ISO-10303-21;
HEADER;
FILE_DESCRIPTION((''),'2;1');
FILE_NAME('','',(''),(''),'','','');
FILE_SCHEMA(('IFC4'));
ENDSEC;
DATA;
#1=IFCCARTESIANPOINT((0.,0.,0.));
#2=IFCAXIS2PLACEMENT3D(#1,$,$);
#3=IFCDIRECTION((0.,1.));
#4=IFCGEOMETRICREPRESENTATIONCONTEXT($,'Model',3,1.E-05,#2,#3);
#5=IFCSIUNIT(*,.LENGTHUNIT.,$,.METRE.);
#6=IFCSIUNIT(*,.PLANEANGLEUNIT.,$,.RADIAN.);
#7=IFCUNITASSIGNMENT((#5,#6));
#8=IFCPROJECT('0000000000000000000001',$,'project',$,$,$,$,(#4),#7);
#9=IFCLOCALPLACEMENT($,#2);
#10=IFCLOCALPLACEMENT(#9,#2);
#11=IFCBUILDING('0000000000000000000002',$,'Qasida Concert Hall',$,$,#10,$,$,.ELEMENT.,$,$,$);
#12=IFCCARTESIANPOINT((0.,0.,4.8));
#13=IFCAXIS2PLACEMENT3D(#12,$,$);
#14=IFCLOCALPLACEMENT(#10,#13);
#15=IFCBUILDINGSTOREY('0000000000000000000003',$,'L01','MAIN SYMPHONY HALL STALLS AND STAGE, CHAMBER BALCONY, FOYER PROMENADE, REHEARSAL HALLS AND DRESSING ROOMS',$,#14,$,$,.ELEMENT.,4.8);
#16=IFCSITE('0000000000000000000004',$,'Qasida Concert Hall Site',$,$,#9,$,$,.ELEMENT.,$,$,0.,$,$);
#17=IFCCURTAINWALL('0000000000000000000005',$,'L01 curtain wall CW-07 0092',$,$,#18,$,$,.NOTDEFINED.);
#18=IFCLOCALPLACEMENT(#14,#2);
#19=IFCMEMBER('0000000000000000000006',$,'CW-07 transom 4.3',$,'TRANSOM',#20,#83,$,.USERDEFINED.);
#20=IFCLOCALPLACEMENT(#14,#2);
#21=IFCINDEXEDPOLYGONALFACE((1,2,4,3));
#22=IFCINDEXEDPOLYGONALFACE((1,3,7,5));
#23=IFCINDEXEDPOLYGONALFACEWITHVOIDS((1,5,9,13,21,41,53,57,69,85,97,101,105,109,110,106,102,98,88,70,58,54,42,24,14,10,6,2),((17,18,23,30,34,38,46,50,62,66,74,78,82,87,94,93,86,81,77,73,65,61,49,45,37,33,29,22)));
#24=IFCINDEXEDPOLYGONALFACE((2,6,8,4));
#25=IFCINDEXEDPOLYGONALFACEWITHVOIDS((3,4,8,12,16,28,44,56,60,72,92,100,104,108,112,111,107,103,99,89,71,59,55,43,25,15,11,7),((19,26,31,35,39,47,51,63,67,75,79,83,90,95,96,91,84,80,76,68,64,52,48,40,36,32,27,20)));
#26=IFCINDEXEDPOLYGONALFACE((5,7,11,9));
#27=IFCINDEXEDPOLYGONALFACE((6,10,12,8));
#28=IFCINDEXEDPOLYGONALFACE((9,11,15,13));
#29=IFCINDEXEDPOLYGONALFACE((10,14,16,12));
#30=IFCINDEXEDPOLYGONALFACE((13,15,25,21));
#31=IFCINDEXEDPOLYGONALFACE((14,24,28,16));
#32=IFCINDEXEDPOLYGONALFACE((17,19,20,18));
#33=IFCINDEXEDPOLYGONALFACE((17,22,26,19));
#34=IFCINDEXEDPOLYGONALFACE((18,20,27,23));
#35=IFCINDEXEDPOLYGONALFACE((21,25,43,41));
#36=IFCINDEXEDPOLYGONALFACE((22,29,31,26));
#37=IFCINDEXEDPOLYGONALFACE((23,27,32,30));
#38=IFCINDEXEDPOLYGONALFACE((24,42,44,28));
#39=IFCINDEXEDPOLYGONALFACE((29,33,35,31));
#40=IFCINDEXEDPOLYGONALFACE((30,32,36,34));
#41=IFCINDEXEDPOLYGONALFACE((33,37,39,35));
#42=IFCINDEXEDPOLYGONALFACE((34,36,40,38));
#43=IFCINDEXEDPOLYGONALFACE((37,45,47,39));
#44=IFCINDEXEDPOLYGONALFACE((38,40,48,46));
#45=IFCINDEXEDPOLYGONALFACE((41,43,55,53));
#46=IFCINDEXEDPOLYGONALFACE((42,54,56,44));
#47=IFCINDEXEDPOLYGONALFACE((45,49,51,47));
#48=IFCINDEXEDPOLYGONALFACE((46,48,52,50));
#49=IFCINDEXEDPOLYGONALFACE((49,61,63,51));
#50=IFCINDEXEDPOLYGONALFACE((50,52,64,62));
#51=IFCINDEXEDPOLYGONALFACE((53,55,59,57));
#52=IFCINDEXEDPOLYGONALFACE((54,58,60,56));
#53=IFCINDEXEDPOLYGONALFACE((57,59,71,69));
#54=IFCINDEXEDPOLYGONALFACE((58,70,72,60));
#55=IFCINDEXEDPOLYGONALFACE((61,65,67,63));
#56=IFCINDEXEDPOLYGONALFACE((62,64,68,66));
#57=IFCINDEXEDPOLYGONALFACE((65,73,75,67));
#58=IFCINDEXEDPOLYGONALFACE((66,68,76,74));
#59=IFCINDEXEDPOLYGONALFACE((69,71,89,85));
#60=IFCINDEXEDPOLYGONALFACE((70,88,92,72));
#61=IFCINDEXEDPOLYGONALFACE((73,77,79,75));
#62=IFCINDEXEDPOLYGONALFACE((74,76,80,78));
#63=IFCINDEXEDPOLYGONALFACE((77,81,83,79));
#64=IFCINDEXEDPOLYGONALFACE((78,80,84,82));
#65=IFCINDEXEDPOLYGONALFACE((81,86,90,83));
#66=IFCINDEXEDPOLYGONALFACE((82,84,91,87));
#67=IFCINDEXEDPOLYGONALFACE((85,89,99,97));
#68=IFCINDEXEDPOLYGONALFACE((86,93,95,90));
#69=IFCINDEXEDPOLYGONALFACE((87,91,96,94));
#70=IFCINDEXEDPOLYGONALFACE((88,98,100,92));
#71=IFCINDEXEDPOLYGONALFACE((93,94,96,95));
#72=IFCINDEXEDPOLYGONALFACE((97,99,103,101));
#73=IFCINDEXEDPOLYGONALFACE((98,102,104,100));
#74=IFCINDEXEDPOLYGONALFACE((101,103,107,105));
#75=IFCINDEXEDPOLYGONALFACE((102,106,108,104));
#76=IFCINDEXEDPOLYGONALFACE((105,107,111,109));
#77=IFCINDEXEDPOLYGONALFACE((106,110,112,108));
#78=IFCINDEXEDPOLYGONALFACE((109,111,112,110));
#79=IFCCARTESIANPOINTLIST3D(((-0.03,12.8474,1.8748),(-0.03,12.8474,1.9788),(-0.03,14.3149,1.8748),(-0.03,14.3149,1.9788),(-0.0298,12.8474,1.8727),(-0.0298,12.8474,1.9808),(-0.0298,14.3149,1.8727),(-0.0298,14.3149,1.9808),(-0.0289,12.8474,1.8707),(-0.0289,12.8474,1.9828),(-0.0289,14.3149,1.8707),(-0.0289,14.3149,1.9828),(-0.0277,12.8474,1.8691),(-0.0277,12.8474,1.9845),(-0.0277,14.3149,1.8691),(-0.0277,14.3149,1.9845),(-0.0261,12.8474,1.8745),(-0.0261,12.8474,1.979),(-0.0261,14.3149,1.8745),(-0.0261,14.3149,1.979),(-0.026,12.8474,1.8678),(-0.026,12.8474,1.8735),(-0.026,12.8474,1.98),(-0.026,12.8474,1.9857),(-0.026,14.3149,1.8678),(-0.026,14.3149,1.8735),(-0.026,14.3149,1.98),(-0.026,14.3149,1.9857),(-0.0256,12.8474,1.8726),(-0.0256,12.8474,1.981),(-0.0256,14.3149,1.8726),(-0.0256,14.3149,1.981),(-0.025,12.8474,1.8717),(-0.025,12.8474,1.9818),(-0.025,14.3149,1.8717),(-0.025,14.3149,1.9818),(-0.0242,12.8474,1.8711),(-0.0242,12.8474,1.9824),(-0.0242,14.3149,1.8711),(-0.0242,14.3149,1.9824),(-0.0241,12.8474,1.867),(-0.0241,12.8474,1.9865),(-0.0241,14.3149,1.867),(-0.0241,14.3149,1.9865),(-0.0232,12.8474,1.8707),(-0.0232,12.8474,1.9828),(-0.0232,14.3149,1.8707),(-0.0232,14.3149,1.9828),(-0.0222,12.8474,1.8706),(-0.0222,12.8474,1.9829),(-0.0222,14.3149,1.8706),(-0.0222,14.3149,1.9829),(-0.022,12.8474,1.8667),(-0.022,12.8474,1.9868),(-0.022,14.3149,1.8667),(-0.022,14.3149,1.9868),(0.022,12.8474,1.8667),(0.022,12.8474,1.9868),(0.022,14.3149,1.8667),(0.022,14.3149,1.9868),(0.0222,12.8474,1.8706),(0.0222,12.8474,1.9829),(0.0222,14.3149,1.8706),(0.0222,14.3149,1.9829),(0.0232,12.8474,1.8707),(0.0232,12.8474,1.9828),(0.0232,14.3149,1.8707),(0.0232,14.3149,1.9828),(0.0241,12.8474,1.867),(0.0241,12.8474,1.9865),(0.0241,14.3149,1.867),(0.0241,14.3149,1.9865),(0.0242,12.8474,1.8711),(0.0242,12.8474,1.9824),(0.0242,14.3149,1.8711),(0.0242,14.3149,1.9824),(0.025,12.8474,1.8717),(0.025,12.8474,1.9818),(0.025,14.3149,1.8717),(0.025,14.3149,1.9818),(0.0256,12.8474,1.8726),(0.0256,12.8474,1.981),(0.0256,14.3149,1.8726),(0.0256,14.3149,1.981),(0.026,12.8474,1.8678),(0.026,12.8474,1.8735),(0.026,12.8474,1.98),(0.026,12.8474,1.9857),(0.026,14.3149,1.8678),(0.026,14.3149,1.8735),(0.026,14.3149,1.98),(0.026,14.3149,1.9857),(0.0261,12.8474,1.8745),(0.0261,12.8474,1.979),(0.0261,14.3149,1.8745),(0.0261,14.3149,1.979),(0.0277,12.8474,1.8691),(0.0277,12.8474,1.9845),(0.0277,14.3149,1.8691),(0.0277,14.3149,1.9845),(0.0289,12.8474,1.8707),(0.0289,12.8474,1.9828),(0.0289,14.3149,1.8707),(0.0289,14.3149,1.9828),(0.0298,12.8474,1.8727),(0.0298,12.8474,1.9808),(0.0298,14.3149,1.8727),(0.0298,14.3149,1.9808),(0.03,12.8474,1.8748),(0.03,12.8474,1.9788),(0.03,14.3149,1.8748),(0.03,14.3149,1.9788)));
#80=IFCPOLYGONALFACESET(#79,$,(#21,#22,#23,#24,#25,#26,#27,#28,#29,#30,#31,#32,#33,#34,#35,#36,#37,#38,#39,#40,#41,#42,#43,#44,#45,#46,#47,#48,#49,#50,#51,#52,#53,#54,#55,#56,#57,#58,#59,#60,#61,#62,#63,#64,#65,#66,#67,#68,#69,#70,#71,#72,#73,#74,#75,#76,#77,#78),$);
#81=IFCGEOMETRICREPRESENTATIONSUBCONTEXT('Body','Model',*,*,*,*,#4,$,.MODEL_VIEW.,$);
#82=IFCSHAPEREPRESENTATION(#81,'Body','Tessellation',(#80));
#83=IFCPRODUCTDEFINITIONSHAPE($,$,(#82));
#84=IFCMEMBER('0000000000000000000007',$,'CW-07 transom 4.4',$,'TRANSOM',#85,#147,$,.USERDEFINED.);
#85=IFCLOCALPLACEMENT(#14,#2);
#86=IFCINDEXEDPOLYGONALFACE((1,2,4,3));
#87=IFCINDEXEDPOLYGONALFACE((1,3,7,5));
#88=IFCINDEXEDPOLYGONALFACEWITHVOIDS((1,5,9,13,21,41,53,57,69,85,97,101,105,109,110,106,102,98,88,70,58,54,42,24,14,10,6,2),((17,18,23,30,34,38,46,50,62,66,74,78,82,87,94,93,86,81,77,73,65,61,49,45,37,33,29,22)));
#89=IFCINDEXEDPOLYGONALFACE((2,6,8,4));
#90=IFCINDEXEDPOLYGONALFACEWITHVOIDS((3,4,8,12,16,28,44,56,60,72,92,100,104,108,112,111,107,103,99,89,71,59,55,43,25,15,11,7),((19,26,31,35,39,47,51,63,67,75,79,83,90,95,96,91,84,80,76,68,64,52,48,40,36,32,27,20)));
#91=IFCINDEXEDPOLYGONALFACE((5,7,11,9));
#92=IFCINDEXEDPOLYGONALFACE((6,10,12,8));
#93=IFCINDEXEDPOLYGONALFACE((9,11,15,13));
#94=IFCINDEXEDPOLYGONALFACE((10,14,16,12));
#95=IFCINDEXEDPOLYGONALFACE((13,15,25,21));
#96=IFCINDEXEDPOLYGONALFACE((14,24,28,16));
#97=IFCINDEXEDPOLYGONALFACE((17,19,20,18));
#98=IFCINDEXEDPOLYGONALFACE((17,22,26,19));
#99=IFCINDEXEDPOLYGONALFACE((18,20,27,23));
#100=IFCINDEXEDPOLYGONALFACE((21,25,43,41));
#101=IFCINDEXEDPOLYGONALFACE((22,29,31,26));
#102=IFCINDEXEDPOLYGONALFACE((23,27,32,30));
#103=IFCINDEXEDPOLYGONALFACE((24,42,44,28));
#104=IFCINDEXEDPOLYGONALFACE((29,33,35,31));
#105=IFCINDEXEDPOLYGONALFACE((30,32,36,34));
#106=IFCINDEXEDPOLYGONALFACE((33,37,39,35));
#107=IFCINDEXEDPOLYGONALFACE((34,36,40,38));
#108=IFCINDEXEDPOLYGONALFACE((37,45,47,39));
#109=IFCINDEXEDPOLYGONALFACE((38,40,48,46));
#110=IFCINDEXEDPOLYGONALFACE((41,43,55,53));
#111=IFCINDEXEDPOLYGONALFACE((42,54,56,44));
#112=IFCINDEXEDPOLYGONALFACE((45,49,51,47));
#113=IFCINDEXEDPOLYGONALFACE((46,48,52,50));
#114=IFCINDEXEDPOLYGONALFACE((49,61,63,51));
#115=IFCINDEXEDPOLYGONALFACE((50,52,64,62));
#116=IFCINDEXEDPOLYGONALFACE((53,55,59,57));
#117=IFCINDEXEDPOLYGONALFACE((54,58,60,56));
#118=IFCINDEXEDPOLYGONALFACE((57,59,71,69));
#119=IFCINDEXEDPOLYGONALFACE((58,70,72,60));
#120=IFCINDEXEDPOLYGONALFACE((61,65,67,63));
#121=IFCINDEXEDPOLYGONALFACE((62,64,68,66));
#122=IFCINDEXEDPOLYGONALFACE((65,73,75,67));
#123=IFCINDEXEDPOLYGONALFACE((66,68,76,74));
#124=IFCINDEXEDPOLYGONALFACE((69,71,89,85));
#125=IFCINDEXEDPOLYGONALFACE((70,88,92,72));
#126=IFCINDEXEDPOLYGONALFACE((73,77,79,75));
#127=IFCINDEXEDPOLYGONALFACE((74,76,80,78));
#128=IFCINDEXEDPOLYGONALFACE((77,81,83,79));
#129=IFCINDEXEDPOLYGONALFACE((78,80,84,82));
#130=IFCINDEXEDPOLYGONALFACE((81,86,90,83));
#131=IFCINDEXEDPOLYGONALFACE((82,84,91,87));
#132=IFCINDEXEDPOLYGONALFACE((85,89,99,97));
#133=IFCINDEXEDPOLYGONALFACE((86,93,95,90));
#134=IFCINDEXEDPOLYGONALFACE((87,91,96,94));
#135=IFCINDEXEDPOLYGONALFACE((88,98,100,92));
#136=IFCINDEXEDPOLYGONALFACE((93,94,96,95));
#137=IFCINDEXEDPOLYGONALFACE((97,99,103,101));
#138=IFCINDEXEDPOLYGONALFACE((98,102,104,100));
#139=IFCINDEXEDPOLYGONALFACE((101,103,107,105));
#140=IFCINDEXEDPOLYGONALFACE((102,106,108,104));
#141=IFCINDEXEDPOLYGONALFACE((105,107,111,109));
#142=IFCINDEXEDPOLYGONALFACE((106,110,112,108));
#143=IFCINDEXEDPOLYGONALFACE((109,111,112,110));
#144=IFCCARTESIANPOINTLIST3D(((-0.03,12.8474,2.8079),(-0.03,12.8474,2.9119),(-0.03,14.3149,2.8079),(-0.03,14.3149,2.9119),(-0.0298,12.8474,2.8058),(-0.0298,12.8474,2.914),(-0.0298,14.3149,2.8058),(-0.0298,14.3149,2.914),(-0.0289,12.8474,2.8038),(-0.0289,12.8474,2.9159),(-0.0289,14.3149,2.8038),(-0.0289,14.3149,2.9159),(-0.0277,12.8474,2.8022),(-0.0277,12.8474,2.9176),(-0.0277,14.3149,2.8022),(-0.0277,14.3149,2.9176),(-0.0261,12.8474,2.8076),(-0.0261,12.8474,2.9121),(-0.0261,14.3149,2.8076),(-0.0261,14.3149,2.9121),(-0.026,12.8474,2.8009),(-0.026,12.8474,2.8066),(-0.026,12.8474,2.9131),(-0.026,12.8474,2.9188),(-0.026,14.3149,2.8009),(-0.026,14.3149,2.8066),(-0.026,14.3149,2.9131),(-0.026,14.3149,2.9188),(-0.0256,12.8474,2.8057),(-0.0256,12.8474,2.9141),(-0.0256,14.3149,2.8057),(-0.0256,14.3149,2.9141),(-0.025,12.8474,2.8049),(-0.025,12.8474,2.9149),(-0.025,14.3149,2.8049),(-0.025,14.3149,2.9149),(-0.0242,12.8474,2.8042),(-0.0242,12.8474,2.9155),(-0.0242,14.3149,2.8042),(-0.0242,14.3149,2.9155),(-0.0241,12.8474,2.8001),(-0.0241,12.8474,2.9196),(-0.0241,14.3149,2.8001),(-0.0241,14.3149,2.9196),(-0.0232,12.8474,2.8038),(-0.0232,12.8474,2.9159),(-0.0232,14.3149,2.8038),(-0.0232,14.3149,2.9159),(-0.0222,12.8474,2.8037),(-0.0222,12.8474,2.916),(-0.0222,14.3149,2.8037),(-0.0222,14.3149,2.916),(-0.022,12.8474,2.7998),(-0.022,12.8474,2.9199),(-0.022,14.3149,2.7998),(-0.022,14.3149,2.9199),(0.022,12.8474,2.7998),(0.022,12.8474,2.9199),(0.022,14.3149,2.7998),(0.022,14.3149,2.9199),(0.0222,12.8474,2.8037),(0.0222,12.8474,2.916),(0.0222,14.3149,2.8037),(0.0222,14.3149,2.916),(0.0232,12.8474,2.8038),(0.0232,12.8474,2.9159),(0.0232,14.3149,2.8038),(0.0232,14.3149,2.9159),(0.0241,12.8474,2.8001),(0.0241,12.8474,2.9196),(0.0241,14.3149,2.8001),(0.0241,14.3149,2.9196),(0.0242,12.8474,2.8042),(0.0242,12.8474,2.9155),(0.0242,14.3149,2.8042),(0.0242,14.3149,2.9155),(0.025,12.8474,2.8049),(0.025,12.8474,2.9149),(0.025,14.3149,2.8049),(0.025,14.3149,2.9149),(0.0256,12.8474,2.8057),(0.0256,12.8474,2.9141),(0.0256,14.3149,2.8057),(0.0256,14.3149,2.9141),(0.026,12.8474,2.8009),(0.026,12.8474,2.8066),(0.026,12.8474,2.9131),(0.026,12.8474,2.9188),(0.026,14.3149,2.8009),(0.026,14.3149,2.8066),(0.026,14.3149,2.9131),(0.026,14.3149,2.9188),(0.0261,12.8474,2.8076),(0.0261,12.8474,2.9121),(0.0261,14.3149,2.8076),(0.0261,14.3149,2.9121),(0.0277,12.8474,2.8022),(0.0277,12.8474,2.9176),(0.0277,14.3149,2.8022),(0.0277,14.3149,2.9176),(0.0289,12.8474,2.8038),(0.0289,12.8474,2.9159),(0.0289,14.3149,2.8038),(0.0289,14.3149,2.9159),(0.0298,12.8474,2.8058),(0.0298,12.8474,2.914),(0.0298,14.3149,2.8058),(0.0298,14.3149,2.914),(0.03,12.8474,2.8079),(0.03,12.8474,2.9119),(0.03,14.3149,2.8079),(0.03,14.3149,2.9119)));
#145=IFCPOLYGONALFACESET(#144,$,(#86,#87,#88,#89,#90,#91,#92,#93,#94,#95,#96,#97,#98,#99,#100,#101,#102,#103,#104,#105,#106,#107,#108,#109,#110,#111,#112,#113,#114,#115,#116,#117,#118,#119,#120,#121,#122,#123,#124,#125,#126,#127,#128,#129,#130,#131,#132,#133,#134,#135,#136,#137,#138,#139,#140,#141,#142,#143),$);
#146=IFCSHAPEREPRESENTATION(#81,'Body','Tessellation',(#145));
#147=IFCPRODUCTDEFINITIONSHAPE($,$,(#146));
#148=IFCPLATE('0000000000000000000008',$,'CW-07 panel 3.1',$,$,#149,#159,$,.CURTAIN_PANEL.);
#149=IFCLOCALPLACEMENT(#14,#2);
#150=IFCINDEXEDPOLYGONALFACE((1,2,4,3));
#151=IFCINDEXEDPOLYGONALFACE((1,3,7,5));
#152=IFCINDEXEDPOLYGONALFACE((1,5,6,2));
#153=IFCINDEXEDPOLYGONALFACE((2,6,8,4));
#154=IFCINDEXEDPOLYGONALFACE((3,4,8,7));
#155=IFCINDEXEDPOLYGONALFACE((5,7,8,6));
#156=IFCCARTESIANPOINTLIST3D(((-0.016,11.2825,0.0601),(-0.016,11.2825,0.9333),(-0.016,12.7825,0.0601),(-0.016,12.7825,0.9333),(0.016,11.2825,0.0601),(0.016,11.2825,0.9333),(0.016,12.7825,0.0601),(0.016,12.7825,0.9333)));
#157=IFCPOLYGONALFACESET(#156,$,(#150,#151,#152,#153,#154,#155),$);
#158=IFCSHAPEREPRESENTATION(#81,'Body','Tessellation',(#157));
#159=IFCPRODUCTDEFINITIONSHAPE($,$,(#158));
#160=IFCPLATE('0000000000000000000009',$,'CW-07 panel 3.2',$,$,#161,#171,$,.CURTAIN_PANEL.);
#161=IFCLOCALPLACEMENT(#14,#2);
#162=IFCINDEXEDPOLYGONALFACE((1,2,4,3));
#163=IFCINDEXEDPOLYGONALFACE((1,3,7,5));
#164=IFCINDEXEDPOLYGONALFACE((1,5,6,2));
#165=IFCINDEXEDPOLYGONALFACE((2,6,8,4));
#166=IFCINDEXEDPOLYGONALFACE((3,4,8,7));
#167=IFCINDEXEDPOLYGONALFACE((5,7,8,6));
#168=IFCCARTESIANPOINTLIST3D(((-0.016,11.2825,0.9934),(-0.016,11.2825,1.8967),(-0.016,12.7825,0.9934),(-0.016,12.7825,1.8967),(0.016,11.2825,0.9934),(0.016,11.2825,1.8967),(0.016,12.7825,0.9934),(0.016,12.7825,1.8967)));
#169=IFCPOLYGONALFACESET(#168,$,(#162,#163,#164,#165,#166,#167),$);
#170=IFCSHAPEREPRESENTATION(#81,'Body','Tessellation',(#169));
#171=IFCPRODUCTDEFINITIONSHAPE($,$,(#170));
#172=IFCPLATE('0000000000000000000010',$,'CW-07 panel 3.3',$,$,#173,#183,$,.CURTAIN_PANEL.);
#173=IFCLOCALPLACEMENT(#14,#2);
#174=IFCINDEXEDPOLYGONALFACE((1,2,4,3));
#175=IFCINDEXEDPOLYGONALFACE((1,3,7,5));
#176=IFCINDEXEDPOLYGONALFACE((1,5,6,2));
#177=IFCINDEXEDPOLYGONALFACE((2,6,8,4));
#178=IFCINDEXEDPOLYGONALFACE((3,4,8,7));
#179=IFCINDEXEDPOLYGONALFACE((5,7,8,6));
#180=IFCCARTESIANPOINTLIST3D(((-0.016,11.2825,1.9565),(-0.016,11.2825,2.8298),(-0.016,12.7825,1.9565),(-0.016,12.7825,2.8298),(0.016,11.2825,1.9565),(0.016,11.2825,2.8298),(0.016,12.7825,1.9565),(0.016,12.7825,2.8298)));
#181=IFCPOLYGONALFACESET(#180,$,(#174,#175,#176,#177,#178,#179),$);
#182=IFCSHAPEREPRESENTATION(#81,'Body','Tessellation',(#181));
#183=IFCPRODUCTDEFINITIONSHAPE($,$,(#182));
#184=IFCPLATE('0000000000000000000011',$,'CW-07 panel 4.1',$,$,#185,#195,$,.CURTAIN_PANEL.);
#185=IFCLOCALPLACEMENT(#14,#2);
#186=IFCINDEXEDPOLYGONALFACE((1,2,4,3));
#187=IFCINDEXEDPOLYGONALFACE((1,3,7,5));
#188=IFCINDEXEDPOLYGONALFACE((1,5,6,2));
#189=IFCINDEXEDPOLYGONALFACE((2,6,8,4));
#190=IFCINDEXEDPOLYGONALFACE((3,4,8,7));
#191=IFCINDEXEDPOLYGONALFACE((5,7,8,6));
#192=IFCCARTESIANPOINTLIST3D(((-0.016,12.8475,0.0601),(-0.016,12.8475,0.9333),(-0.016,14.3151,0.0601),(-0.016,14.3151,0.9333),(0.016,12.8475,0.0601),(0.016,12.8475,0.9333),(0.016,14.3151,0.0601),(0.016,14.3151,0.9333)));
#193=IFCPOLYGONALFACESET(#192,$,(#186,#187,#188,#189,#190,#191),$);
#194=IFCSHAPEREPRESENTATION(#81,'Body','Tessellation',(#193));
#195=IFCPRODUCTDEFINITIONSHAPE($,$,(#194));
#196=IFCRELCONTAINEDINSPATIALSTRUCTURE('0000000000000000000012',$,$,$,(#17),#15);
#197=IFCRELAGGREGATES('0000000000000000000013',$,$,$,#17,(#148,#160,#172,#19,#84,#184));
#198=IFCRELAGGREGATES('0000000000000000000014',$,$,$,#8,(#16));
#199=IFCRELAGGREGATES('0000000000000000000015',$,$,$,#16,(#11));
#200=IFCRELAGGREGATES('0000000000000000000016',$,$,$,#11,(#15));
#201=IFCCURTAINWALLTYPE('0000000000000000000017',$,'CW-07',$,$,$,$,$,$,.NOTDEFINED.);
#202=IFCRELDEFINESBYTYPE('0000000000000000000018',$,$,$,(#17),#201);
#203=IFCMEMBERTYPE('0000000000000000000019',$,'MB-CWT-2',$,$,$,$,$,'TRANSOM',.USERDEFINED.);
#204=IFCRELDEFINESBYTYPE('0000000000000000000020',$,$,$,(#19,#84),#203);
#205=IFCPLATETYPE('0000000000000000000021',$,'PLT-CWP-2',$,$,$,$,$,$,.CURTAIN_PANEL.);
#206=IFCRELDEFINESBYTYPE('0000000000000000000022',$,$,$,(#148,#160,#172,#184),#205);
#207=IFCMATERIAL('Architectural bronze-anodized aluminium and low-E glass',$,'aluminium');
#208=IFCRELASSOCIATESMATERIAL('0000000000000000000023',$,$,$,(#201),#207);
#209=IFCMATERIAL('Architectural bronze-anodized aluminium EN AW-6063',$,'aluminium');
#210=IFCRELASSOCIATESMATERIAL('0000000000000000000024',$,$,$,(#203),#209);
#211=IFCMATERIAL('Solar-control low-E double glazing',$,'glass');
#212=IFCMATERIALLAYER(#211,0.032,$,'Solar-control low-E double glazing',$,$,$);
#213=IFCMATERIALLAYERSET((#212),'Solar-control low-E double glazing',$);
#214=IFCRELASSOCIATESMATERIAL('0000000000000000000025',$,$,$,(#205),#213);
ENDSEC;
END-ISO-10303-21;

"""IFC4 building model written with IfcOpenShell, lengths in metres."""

from ifc_helpers import new_model, si_unit, direction, frame, origin, origin_2d, place, context, subcontext, project, spatial, rectangle, hollow_rectangle, extrude, material, layer, layer_set, material_profile, profile_set, type_object, element, aggregate, save


model = new_model("IFC4")

# Units and contexts
model_context = context("Model", 3, precision=1e-05, world=origin(), true_north=direction((0.0, 1.0)))
body_context = subcontext(model_context, "Body", "Model", "MODEL_VIEW")
ifc_project = project(units=[si_unit("LENGTHUNIT", "METRE"), si_unit("PLANEANGLEUNIT", "RADIAN")], contexts=[model_context])

# Site, building, storey
site_placement = place(None, origin())
site = spatial("IfcSite", under=ifc_project, at=site_placement, Name="Qasida Concert Hall Site", CompositionType="ELEMENT", RefElevation=0.0)
building_placement = place(site_placement, origin())
building = spatial("IfcBuilding", under=site, at=building_placement, Name="Qasida Concert Hall", CompositionType="ELEMENT")
storey_placement = place(building_placement, frame((0.0, 0.0, 4.8)))
storey = spatial("IfcBuildingStorey", under=building, at=storey_placement, Name="L01", Description="MAIN SYMPHONY HALL STALLS AND STAGE, CHAMBER BALCONY, FOYER PROMENADE, REHEARSAL HALLS AND DRESSING ROOMS", CompositionType="ELEMENT", Elevation=4.8)

# Curtain wall, members, plates
ifc_material_1 = material(Name="Architectural bronze-anodized aluminium and low-E glass", Category="aluminium")
curtain_wall_type = type_object("IfcCurtainWallType", Name="CW-07", PredefinedType="NOTDEFINED", material=ifc_material_1)
curtain_wall_placement = place(storey_placement, origin())
curtain_wall = element("IfcCurtainWall", 1, at=curtain_wall_placement, inside=storey, type_object=curtain_wall_type, Name="L01 curtain wall CW-07 0092", PredefinedType="NOTDEFINED")
ifc_material_2 = material(Name="Architectural bronze-anodized aluminium EN AW-6063", Category="aluminium")
ifc_material_profile_1 = material_profile(ifc_material_2, hollow_rectangle(XDim=0.0601, YDim=0.1201, WallThickness=0.0039, InnerFilletRadius=0.0039, OuterFilletRadius=0.0081, at=origin_2d()), Name="CWT 120x60x4")
ifc_profile_set_1 = profile_set([ifc_material_profile_1], Name="Architectural bronze-anodized aluminium EN AW-6063")
member_type_1 = type_object("IfcMemberType", Name="MB-CWT-2", ElementType="TRANSOM", PredefinedType="USERDEFINED", material=ifc_profile_set_1)
member_1_placement = place(storey_placement, frame((0.0, 12.8474, 1.9268), z_axis=(0.0, 1.0, 0.0), x_axis=(-1.0, 0.0, 0.0)))
member_1 = element("IfcMember", 2, at=member_1_placement, type_object=member_type_1, Name="CW-07 transom 4.3", ObjectType="TRANSOM", PredefinedType="USERDEFINED", context=body_context, shape_type="SweptSolid", body=[
    extrude(hollow_rectangle(XDim=0.0601, YDim=0.1201, WallThickness=0.0039, InnerFilletRadius=0.0039, OuterFilletRadius=0.0081, at=origin_2d()), origin(), (0.0, 0.0, 1.0), 1.4675),
])
member_2_placement = place(storey_placement, frame((0.0, 12.8474, 2.8599), z_axis=(0.0, 1.0, 0.0), x_axis=(-1.0, 0.0, 0.0)))
member_2 = element("IfcMember", 3, at=member_2_placement, type_object=member_type_1, Name="CW-07 transom 4.4", ObjectType="TRANSOM", PredefinedType="USERDEFINED", context=body_context, shape_type="SweptSolid", body=[
    extrude(hollow_rectangle(XDim=0.0601, YDim=0.1201, WallThickness=0.0039, InnerFilletRadius=0.0039, OuterFilletRadius=0.0081, at=origin_2d()), origin(), (0.0, 0.0, 1.0), 1.4675),
])
ifc_material_3 = material(Name="Solar-control low-E double glazing", Category="glass")
ifc_layer_1 = layer(ifc_material_3, 0.032, Name="Solar-control low-E double glazing")
ifc_layer_set_1 = layer_set([ifc_layer_1], Name="Solar-control low-E double glazing")
plate_type = type_object("IfcPlateType", Name="PLT-CWP-2", PredefinedType="CURTAIN_PANEL", material=ifc_layer_set_1)
plate_1_placement = place(storey_placement, frame((0.0, 12.0325, 0.0601), z_axis=(0.0, 0.0, 1.0), x_axis=(0.0, 1.0, 0.0)))
plate_1 = element("IfcPlate", 4, at=plate_1_placement, type_object=plate_type, Name="CW-07 panel 3.1", PredefinedType="CURTAIN_PANEL", context=body_context, shape_type="SweptSolid", body=[
    extrude(rectangle(XDim=1.5, YDim=0.032, at=origin_2d()), origin(), (0.0, 0.0, 1.0), 0.8733),
])
plate_2_placement = place(storey_placement, frame((0.0, 12.0325, 0.9934), z_axis=(0.0, 0.0, 1.0), x_axis=(0.0, 1.0, 0.0)))
plate_2 = element("IfcPlate", 5, at=plate_2_placement, type_object=plate_type, Name="CW-07 panel 3.2", PredefinedType="CURTAIN_PANEL", context=body_context, shape_type="SweptSolid", body=[
    extrude(rectangle(XDim=1.5, YDim=0.032, at=origin_2d()), origin(), (0.0, 0.0, 1.0), 0.9033),
])
plate_3_placement = place(storey_placement, frame((0.0, 12.0325, 1.9565), z_axis=(0.0, 0.0, 1.0), x_axis=(0.0, 1.0, 0.0)))
plate_3 = element("IfcPlate", 6, at=plate_3_placement, type_object=plate_type, Name="CW-07 panel 3.3", PredefinedType="CURTAIN_PANEL", context=body_context, shape_type="SweptSolid", body=[
    extrude(rectangle(XDim=1.5, YDim=0.032, at=origin_2d()), origin(), (0.0, 0.0, 1.0), 0.8733),
])
plate_4_placement = place(storey_placement, frame((0.0, 13.5813, 0.0601), z_axis=(0.0, 0.0, 1.0), x_axis=(0.0, 1.0, 0.0)))
plate_4 = element("IfcPlate", 7, at=plate_4_placement, type_object=plate_type, Name="CW-07 panel 4.1", PredefinedType="CURTAIN_PANEL", context=body_context, shape_type="SweptSolid", body=[
    extrude(rectangle(XDim=1.4675, YDim=0.032, at=origin_2d()), origin(), (0.0, 0.0, 1.0), 0.8733),
])
aggregate(curtain_wall, [plate_1, plate_2, plate_3, member_1, member_2, plate_4])

save(model, "model.ifc")
